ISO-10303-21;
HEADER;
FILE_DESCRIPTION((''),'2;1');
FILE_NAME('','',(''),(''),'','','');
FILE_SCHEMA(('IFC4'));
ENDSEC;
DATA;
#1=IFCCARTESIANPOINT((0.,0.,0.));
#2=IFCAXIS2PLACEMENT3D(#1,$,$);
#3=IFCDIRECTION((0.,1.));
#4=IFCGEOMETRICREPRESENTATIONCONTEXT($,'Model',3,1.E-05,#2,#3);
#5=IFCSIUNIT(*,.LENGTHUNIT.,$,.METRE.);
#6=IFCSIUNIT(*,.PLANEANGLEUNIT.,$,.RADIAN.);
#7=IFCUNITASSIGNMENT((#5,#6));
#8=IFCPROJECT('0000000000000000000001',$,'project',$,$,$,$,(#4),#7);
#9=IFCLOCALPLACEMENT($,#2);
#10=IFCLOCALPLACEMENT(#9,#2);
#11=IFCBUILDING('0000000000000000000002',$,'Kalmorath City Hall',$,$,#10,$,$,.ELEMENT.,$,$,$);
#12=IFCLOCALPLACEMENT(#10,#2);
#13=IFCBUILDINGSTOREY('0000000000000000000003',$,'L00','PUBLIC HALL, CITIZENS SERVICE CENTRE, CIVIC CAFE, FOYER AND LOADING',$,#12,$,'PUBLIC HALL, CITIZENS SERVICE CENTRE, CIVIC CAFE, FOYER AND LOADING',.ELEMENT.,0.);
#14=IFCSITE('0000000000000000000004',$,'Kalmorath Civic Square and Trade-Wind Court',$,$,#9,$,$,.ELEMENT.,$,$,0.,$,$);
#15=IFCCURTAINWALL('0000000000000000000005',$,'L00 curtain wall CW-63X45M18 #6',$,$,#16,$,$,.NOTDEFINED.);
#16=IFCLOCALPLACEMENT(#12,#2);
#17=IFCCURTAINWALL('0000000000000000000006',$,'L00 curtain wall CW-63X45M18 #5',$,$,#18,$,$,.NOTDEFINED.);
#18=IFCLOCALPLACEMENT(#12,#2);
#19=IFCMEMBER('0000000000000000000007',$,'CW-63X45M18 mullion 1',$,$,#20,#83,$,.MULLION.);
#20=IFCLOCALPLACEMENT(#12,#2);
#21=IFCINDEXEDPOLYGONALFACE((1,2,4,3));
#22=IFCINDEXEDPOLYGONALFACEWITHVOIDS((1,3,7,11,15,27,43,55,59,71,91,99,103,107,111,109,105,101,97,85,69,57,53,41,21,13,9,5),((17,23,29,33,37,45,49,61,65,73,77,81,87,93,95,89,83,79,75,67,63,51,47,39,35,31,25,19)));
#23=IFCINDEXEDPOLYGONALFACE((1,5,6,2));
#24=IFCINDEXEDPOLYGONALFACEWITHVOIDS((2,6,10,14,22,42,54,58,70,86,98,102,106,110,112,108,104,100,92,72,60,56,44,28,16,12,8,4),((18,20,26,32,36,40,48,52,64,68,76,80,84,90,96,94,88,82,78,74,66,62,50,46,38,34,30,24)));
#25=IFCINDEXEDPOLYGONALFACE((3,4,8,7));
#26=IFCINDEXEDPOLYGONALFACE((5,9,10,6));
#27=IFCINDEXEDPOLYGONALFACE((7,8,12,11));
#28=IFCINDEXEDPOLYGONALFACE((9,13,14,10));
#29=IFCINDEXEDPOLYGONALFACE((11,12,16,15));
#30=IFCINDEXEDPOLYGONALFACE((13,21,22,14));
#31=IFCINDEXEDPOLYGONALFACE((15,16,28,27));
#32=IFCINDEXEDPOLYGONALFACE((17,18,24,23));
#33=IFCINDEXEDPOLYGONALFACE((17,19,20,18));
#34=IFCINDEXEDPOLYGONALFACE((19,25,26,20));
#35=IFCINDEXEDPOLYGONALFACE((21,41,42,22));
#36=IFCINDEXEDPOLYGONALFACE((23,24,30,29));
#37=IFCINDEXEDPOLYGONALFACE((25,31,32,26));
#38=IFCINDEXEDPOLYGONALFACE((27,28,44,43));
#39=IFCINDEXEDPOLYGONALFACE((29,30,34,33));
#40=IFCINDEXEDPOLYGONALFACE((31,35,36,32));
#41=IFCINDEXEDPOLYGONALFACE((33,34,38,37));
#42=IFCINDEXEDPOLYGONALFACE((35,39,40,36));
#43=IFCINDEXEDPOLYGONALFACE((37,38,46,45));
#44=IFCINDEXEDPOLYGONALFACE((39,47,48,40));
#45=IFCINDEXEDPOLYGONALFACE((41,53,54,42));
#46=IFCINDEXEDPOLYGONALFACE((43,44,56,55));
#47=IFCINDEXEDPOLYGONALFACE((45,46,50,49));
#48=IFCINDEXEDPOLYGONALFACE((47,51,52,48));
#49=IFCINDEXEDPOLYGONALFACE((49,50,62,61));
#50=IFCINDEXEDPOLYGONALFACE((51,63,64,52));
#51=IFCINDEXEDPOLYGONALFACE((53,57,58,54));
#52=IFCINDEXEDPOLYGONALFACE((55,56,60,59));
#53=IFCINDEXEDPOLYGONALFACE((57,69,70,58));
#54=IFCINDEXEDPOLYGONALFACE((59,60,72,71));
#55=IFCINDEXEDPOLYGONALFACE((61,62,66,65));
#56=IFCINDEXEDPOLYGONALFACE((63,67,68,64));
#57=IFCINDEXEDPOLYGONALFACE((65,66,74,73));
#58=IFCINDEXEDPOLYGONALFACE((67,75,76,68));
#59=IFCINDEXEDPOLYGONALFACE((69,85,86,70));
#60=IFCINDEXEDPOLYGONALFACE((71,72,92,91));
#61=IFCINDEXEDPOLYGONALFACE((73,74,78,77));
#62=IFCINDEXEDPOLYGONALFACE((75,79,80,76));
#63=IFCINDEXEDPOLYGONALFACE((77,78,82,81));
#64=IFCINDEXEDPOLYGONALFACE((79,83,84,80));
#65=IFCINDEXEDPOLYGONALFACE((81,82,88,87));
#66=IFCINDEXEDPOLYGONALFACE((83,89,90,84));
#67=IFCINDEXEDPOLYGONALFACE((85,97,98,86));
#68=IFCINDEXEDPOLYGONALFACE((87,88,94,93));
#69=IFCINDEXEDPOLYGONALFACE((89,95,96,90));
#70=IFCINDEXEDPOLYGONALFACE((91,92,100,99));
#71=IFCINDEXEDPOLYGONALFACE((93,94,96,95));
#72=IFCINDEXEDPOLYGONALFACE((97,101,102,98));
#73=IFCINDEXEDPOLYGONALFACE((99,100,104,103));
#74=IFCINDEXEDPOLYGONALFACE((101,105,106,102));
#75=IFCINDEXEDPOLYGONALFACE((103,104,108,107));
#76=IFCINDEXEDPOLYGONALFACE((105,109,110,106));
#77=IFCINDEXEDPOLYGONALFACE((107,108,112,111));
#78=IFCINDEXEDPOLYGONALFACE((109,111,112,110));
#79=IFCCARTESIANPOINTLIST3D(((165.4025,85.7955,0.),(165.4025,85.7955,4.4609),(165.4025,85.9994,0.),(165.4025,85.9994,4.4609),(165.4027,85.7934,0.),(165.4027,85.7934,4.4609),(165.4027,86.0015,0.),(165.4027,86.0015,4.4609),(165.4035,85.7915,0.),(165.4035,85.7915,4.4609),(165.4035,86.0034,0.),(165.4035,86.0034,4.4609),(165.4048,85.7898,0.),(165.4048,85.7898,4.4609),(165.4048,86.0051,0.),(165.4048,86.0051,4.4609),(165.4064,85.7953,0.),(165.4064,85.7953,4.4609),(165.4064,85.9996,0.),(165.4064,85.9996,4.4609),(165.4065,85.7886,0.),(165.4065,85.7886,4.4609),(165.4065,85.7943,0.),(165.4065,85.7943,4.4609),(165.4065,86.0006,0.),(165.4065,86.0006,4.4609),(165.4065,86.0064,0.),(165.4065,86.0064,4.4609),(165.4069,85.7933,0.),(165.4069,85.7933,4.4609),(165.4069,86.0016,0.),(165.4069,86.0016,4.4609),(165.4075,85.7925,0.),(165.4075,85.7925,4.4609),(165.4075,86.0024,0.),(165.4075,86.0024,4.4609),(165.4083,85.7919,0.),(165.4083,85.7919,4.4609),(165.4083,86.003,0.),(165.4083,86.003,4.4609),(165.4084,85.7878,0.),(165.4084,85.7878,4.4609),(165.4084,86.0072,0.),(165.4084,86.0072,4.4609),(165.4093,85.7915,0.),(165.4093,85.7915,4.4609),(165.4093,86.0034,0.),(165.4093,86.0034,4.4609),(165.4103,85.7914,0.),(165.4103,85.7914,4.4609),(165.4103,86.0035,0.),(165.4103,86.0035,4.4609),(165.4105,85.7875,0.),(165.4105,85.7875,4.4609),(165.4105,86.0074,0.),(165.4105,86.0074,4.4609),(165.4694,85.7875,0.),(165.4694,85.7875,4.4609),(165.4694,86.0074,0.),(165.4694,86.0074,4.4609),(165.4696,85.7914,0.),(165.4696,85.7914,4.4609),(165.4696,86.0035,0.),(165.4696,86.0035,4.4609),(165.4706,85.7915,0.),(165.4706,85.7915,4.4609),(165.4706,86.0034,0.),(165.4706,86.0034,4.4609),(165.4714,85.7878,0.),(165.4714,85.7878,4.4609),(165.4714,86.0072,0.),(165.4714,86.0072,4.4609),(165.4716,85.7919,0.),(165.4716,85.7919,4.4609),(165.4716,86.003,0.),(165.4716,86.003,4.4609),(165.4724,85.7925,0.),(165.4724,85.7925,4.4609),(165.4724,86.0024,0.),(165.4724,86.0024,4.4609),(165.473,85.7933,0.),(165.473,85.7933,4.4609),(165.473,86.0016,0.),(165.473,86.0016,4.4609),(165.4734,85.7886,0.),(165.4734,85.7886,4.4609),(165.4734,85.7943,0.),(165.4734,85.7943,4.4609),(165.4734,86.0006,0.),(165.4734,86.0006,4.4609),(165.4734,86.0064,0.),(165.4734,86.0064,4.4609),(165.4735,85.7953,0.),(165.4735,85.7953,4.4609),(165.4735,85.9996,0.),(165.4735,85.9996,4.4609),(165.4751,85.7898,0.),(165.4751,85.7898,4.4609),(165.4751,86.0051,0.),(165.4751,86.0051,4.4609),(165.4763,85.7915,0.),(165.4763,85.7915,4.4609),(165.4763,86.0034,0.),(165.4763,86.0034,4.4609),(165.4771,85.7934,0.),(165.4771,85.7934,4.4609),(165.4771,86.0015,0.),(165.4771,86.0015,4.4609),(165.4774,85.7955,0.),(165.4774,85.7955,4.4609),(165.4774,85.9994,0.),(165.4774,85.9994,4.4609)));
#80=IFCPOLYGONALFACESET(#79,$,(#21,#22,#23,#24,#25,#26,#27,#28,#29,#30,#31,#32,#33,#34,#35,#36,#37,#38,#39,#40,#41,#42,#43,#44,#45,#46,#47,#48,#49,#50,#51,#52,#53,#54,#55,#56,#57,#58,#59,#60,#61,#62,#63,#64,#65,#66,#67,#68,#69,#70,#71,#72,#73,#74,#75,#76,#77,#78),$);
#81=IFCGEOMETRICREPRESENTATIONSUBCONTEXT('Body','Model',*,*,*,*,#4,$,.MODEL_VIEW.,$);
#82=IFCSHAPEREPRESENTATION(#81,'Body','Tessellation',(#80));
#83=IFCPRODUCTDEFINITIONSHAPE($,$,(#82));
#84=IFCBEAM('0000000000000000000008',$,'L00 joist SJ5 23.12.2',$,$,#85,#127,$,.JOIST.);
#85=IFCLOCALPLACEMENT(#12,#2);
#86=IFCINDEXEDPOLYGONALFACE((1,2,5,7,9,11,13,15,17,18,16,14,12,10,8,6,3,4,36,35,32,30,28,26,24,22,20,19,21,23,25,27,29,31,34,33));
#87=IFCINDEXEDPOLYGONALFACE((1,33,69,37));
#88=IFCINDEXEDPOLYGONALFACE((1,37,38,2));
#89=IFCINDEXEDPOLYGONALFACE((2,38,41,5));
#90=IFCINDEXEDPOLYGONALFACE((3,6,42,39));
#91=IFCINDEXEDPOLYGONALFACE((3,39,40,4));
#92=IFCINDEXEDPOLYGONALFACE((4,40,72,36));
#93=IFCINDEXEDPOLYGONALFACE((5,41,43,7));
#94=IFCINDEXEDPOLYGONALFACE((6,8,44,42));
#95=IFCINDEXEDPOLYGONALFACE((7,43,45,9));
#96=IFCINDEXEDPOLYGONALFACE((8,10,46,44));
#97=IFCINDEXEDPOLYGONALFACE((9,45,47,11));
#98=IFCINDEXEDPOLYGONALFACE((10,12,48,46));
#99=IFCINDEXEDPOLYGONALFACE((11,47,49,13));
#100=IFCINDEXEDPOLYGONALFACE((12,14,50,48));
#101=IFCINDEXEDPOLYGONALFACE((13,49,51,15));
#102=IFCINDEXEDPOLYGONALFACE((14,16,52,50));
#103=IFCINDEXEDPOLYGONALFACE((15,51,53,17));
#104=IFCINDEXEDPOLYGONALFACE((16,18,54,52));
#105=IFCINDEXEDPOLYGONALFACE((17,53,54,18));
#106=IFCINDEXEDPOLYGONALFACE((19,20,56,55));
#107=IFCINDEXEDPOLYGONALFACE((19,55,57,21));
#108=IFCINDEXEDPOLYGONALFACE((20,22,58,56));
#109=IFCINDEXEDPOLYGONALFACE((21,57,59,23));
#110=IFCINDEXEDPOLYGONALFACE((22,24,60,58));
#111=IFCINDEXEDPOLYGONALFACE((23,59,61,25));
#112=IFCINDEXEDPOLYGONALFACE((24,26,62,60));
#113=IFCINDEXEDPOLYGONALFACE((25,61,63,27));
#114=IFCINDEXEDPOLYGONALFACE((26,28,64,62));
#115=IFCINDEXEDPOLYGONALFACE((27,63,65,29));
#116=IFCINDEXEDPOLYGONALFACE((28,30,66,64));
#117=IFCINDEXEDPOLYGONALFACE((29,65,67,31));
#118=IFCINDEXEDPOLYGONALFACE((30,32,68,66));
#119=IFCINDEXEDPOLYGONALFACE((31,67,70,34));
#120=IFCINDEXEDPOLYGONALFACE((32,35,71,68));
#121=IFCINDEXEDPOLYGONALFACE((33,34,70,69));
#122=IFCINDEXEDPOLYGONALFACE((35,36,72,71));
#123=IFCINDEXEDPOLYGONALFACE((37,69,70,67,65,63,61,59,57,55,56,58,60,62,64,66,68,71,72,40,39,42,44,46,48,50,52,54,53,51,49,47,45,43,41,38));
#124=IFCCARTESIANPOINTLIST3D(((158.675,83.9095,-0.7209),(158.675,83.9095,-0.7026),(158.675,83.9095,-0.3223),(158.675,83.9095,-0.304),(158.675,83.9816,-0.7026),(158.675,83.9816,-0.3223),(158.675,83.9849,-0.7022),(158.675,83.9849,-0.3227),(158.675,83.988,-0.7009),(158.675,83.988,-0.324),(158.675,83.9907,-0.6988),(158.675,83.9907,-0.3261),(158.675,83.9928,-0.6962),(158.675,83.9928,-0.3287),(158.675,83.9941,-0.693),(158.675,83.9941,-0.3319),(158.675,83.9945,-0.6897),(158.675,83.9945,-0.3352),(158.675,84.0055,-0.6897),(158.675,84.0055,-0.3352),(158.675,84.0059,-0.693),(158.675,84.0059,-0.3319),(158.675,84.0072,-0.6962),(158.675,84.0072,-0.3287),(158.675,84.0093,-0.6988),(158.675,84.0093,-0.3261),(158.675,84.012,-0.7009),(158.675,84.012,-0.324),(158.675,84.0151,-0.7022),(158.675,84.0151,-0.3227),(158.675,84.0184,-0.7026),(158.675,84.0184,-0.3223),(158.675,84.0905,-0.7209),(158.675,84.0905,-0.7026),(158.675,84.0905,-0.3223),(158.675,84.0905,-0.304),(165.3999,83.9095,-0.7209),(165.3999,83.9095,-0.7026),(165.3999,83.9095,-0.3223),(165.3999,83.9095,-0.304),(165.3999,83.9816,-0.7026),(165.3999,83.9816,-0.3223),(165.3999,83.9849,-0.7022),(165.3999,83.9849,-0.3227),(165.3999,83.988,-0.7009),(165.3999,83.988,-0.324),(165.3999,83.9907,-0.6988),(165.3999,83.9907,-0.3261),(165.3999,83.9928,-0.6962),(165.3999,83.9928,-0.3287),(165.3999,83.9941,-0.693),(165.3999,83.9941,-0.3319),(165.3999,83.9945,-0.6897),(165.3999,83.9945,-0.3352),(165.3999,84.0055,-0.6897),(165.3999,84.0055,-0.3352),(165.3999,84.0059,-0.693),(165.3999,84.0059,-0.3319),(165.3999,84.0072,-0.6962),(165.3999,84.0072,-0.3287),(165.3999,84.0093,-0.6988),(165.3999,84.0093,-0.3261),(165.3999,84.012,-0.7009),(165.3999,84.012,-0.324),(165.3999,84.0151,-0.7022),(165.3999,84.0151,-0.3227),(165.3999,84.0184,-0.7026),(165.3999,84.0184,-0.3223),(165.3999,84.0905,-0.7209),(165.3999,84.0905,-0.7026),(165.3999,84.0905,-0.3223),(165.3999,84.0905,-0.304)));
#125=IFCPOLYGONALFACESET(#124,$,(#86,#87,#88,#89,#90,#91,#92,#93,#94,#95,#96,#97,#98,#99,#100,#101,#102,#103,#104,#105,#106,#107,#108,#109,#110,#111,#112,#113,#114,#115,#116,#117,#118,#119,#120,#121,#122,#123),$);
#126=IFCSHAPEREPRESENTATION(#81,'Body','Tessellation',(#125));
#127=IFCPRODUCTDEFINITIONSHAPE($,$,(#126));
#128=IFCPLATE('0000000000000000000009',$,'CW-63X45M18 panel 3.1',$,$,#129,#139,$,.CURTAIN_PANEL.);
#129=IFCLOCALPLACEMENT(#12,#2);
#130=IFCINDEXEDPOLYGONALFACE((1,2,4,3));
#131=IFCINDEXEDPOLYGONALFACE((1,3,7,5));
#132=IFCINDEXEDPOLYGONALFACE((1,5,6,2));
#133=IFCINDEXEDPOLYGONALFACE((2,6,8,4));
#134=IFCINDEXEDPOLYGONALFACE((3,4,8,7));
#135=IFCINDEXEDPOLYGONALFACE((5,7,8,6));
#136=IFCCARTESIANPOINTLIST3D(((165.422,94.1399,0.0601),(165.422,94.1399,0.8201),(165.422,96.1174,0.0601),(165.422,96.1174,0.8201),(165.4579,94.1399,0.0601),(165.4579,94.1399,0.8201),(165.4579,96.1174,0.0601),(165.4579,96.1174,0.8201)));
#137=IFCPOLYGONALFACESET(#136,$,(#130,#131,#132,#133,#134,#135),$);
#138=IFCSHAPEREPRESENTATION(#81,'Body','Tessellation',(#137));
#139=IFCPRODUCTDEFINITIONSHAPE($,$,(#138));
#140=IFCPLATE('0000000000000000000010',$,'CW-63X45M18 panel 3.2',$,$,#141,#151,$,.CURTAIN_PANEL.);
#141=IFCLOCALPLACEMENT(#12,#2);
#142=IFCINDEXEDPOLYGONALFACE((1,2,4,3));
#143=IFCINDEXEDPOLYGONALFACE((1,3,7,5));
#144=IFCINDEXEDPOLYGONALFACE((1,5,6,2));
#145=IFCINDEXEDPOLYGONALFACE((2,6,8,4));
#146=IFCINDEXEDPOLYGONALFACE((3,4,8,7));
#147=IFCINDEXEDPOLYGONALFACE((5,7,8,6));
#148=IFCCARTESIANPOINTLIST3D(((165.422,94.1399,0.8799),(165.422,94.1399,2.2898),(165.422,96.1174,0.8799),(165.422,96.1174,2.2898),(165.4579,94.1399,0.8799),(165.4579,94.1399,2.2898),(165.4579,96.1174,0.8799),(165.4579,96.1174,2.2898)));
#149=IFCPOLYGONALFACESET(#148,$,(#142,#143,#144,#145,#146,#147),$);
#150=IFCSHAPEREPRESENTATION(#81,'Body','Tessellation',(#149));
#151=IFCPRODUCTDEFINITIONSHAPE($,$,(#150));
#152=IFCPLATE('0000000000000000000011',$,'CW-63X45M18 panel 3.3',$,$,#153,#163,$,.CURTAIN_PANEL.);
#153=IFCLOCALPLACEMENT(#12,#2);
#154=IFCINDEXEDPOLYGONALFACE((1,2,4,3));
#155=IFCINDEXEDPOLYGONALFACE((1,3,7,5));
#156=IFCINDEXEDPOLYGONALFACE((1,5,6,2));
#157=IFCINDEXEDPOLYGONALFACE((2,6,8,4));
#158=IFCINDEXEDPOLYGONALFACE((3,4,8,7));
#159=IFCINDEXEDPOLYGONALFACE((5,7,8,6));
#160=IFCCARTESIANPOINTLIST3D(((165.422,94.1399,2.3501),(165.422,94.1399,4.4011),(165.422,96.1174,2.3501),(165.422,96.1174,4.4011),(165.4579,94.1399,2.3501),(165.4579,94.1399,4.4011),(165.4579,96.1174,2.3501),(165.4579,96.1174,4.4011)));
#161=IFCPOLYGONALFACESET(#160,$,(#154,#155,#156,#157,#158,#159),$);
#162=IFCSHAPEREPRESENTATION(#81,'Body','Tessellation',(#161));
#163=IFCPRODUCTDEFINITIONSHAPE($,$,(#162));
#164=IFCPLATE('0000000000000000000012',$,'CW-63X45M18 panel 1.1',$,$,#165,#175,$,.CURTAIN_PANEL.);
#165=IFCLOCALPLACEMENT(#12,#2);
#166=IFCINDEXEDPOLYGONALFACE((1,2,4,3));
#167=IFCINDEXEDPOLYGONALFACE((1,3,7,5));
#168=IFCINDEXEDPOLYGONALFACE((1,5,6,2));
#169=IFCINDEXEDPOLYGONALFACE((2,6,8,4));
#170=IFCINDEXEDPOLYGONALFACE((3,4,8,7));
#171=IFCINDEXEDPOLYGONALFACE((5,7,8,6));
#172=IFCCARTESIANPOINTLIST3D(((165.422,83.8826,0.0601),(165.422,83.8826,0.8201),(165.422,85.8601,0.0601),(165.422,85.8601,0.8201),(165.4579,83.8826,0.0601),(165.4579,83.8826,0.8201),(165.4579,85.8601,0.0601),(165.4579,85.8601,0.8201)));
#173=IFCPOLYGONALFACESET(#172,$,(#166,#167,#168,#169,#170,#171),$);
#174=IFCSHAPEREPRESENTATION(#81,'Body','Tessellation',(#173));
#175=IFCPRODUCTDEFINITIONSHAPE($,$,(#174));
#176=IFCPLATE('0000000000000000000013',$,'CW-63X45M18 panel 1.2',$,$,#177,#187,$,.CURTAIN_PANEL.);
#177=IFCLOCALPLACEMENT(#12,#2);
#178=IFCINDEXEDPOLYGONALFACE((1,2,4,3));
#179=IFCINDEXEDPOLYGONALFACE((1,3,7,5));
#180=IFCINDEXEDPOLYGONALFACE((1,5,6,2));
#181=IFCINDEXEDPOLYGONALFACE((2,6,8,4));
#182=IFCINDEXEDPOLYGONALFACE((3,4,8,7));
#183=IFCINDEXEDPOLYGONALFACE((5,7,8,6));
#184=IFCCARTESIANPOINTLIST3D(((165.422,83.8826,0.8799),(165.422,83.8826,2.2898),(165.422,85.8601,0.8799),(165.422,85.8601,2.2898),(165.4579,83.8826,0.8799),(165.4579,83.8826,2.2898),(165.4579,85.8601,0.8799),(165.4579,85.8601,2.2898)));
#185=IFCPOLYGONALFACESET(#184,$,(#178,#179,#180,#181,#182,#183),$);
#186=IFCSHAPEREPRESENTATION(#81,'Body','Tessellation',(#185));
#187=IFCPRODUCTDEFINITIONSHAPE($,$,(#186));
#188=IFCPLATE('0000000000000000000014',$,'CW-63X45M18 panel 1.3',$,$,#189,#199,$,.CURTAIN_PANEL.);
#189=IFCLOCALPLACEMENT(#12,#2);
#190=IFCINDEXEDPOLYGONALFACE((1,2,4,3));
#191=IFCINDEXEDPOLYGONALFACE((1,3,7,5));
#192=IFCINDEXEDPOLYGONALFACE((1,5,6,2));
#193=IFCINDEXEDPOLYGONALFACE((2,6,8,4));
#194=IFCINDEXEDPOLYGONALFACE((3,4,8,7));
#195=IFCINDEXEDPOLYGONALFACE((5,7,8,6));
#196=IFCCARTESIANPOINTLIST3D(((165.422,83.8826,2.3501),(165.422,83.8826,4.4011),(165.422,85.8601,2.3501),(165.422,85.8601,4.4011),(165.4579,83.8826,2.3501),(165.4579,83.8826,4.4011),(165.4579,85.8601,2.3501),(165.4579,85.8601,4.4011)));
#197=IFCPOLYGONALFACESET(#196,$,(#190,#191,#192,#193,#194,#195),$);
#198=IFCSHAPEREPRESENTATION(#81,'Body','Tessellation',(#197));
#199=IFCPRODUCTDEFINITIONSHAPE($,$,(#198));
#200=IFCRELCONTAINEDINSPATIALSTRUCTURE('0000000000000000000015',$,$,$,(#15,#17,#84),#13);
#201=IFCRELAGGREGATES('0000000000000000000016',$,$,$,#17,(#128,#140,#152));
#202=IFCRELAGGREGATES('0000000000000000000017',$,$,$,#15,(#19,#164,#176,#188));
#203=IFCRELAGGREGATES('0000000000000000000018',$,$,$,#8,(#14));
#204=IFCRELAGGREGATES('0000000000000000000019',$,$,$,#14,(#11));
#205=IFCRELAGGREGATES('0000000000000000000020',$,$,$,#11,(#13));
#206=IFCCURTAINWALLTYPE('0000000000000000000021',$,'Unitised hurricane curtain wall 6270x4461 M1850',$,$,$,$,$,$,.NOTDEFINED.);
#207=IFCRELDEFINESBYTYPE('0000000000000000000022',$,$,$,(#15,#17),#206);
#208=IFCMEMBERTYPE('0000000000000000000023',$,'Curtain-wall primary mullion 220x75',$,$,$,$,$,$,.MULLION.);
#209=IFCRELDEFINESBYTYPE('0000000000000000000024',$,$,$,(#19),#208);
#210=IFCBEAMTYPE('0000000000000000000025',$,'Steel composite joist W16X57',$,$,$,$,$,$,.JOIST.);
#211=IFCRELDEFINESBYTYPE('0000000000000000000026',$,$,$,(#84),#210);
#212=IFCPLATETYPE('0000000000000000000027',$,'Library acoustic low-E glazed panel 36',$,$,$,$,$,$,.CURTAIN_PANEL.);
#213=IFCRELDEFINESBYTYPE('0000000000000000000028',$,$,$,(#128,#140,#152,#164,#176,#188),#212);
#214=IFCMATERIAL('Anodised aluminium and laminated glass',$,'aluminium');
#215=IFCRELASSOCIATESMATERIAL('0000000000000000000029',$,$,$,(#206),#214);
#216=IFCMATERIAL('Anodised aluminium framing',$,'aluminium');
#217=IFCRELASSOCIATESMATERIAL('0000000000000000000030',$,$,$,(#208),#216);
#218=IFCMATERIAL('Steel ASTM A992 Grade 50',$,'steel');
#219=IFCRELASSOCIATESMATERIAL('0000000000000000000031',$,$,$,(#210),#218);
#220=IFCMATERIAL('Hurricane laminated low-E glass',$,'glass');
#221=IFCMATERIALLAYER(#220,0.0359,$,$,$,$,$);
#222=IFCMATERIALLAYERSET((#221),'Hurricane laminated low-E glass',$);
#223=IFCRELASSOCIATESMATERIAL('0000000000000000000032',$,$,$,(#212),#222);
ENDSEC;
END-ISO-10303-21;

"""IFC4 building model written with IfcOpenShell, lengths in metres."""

from ifc_helpers import new_model, si_unit, direction, frame, origin, origin_2d, place, context, subcontext, project, spatial, rectangle, hollow_rectangle, i_section, extrude, material, layer, layer_set, material_profile, profile_set, type_object, element, aggregate, save


model = new_model("IFC4")

# Units and contexts
model_context = context("Model", 3, precision=1e-05, world=origin(), true_north=direction((0.0, 1.0)))
body_context = subcontext(model_context, "Body", "Model", "MODEL_VIEW")
ifc_project = project(units=[si_unit("LENGTHUNIT", "METRE"), si_unit("PLANEANGLEUNIT", "RADIAN")], contexts=[model_context])

# Site, building, storey
site_placement = place(None, origin())
site = spatial("IfcSite", under=ifc_project, at=site_placement, Name="Kalmorath Civic Square and Trade-Wind Court", CompositionType="ELEMENT", RefElevation=0.0)
building_placement = place(site_placement, origin())
building = spatial("IfcBuilding", under=site, at=building_placement, Name="Kalmorath City Hall", CompositionType="ELEMENT")
storey_placement = place(building_placement, origin())
storey = spatial("IfcBuildingStorey", under=building, at=storey_placement, Name="L00", Description="PUBLIC HALL, CITIZENS SERVICE CENTRE, CIVIC CAFE, FOYER AND LOADING", LongName="PUBLIC HALL, CITIZENS SERVICE CENTRE, CIVIC CAFE, FOYER AND LOADING", CompositionType="ELEMENT", Elevation=0.0)

# Curtain wall
ifc_material_1 = material(Name="Anodised aluminium and laminated glass", Category="aluminium")
curtain_wall_type = type_object("IfcCurtainWallType", Name="Unitised hurricane curtain wall 6270x4461 M1850", PredefinedType="NOTDEFINED", material=ifc_material_1)
curtain_wall_1_placement = place(storey_placement, origin())
curtain_wall_1 = element("IfcCurtainWall", 1, at=curtain_wall_1_placement, inside=storey, type_object=curtain_wall_type, Name="L00 curtain wall CW-63X45M18 #6", PredefinedType="NOTDEFINED")

# Curtain wall
curtain_wall_2_placement = place(storey_placement, origin())
curtain_wall_2 = element("IfcCurtainWall", 2, at=curtain_wall_2_placement, inside=storey, type_object=curtain_wall_type, Name="L00 curtain wall CW-63X45M18 #5", PredefinedType="NOTDEFINED")
ifc_material_2 = material(Name="Anodised aluminium framing", Category="aluminium")
ifc_material_profile_1 = material_profile(ifc_material_2, hollow_rectangle(XDim=0.075, YDim=0.22, WallThickness=0.0039, InnerFilletRadius=0.0039, OuterFilletRadius=0.0081, at=origin_2d()), Name="ALU-MUL-220X75X4")
ifc_profile_set_1 = profile_set([ifc_material_profile_1], Name="Anodised aluminium framing")
member_type_1 = type_object("IfcMemberType", Name="Curtain-wall primary mullion 220x75", PredefinedType="MULLION", material=ifc_profile_set_1)

# Member
member_1_placement = place(storey_placement, frame((165.4399, 85.8975, 0.0), z_axis=(0.0, 0.0, 1.0), x_axis=(1.0, 0.0, 0.0)))
member_1 = element("IfcMember", 3, at=member_1_placement, type_object=member_type_1, Name="CW-63X45M18 mullion 1", PredefinedType="MULLION", context=body_context, shape_type="SweptSolid", body=[
    extrude(hollow_rectangle(XDim=0.075, YDim=0.22, WallThickness=0.0039, InnerFilletRadius=0.0039, OuterFilletRadius=0.0081, at=origin_2d()), origin(), (0.0, 0.0, 1.0), 4.4609),
])

# Beam
ifc_material_3 = material(Name="Steel ASTM A992 Grade 50", Category="steel")
ifc_material_profile_2 = material_profile(ifc_material_3, i_section(OverallWidth=0.1809, OverallDepth=0.417, WebThickness=0.011, FlangeThickness=0.0183, FilletRadius=0.0129, at=origin_2d()), Name="W16X57")
ifc_profile_set_2 = profile_set([ifc_material_profile_2], Name="Steel ASTM A992 Grade 50")
beam_type_1 = type_object("IfcBeamType", Name="Steel composite joist W16X57", PredefinedType="JOIST", material=ifc_profile_set_2)
beam_1_placement = place(storey_placement, frame((158.675, 84.0, -0.5125), z_axis=(1.0, 0.0, 0.0), x_axis=(0.0, 1.0, 0.0)))
element("IfcBeam", 4, at=beam_1_placement, inside=storey, type_object=beam_type_1, Name="L00 joist SJ5 23.12.2", PredefinedType="JOIST", context=body_context, shape_type="SweptSolid", body=[
    extrude(i_section(OverallWidth=0.1809, OverallDepth=0.417, WebThickness=0.011, FlangeThickness=0.0183, FilletRadius=0.0129, at=origin_2d()), origin(), (0.0, 0.0, 1.0), 6.7249),
])

# Plates
ifc_material_4 = material(Name="Hurricane laminated low-E glass", Category="glass")
ifc_layer_1 = layer(ifc_material_4, 0.0359)
ifc_layer_set_1 = layer_set([ifc_layer_1], Name="Hurricane laminated low-E glass")
plate_type = type_object("IfcPlateType", Name="Library acoustic low-E glazed panel 36", PredefinedType="CURTAIN_PANEL", material=ifc_layer_set_1)
plate_1_placement = place(storey_placement, frame((165.4399, 95.1287, 0.0601), z_axis=(0.0, 0.0, 1.0), x_axis=(0.0, -1.0, 0.0)))
plate_1 = element("IfcPlate", 5, at=plate_1_placement, type_object=plate_type, Name="CW-63X45M18 panel 3.1", PredefinedType="CURTAIN_PANEL", context=body_context, shape_type="SweptSolid", body=[
    extrude(rectangle(XDim=1.9775, YDim=0.0359, at=origin_2d()), origin(), (0.0, 0.0, 1.0), 0.76),
])
plate_2_placement = place(storey_placement, frame((165.4399, 95.1287, 0.8799), z_axis=(0.0, 0.0, 1.0), x_axis=(0.0, -1.0, 0.0)))
plate_2 = element("IfcPlate", 6, at=plate_2_placement, type_object=plate_type, Name="CW-63X45M18 panel 3.2", PredefinedType="CURTAIN_PANEL", context=body_context, shape_type="SweptSolid", body=[
    extrude(rectangle(XDim=1.9775, YDim=0.0359, at=origin_2d()), origin(), (0.0, 0.0, 1.0), 1.4099),
])
plate_3_placement = place(storey_placement, frame((165.4399, 95.1287, 2.3501), z_axis=(0.0, 0.0, 1.0), x_axis=(0.0, -1.0, 0.0)))
plate_3 = element("IfcPlate", 7, at=plate_3_placement, type_object=plate_type, Name="CW-63X45M18 panel 3.3", PredefinedType="CURTAIN_PANEL", context=body_context, shape_type="SweptSolid", body=[
    extrude(rectangle(XDim=1.9775, YDim=0.0359, at=origin_2d()), origin(), (0.0, 0.0, 1.0), 2.051),
])
aggregate(curtain_wall_2, [plate_1, plate_2, plate_3])
plate_4_placement = place(storey_placement, frame((165.4399, 84.8713, 0.0601), z_axis=(0.0, 0.0, 1.0), x_axis=(0.0, -1.0, 0.0)))
plate_4 = element("IfcPlate", 8, at=plate_4_placement, type_object=plate_type, Name="CW-63X45M18 panel 1.1", PredefinedType="CURTAIN_PANEL", context=body_context, shape_type="SweptSolid", body=[
    extrude(rectangle(XDim=1.9775, YDim=0.0359, at=origin_2d()), origin(), (0.0, 0.0, 1.0), 0.76),
])
plate_5_placement = place(storey_placement, frame((165.4399, 84.8713, 0.8799), z_axis=(0.0, 0.0, 1.0), x_axis=(0.0, -1.0, 0.0)))
plate_5 = element("IfcPlate", 9, at=plate_5_placement, type_object=plate_type, Name="CW-63X45M18 panel 1.2", PredefinedType="CURTAIN_PANEL", context=body_context, shape_type="SweptSolid", body=[
    extrude(rectangle(XDim=1.9775, YDim=0.0359, at=origin_2d()), origin(), (0.0, 0.0, 1.0), 1.4099),
])
plate_6_placement = place(storey_placement, frame((165.4399, 84.8713, 2.3501), z_axis=(0.0, 0.0, 1.0), x_axis=(0.0, -1.0, 0.0)))
plate_6 = element("IfcPlate", 10, at=plate_6_placement, type_object=plate_type, Name="CW-63X45M18 panel 1.3", PredefinedType="CURTAIN_PANEL", context=body_context, shape_type="SweptSolid", body=[
    extrude(rectangle(XDim=1.9775, YDim=0.0359, at=origin_2d()), origin(), (0.0, 0.0, 1.0), 2.051),
])
aggregate(curtain_wall_1, [member_1, plate_4, plate_5, plate_6])

save(model, "model.ifc")
